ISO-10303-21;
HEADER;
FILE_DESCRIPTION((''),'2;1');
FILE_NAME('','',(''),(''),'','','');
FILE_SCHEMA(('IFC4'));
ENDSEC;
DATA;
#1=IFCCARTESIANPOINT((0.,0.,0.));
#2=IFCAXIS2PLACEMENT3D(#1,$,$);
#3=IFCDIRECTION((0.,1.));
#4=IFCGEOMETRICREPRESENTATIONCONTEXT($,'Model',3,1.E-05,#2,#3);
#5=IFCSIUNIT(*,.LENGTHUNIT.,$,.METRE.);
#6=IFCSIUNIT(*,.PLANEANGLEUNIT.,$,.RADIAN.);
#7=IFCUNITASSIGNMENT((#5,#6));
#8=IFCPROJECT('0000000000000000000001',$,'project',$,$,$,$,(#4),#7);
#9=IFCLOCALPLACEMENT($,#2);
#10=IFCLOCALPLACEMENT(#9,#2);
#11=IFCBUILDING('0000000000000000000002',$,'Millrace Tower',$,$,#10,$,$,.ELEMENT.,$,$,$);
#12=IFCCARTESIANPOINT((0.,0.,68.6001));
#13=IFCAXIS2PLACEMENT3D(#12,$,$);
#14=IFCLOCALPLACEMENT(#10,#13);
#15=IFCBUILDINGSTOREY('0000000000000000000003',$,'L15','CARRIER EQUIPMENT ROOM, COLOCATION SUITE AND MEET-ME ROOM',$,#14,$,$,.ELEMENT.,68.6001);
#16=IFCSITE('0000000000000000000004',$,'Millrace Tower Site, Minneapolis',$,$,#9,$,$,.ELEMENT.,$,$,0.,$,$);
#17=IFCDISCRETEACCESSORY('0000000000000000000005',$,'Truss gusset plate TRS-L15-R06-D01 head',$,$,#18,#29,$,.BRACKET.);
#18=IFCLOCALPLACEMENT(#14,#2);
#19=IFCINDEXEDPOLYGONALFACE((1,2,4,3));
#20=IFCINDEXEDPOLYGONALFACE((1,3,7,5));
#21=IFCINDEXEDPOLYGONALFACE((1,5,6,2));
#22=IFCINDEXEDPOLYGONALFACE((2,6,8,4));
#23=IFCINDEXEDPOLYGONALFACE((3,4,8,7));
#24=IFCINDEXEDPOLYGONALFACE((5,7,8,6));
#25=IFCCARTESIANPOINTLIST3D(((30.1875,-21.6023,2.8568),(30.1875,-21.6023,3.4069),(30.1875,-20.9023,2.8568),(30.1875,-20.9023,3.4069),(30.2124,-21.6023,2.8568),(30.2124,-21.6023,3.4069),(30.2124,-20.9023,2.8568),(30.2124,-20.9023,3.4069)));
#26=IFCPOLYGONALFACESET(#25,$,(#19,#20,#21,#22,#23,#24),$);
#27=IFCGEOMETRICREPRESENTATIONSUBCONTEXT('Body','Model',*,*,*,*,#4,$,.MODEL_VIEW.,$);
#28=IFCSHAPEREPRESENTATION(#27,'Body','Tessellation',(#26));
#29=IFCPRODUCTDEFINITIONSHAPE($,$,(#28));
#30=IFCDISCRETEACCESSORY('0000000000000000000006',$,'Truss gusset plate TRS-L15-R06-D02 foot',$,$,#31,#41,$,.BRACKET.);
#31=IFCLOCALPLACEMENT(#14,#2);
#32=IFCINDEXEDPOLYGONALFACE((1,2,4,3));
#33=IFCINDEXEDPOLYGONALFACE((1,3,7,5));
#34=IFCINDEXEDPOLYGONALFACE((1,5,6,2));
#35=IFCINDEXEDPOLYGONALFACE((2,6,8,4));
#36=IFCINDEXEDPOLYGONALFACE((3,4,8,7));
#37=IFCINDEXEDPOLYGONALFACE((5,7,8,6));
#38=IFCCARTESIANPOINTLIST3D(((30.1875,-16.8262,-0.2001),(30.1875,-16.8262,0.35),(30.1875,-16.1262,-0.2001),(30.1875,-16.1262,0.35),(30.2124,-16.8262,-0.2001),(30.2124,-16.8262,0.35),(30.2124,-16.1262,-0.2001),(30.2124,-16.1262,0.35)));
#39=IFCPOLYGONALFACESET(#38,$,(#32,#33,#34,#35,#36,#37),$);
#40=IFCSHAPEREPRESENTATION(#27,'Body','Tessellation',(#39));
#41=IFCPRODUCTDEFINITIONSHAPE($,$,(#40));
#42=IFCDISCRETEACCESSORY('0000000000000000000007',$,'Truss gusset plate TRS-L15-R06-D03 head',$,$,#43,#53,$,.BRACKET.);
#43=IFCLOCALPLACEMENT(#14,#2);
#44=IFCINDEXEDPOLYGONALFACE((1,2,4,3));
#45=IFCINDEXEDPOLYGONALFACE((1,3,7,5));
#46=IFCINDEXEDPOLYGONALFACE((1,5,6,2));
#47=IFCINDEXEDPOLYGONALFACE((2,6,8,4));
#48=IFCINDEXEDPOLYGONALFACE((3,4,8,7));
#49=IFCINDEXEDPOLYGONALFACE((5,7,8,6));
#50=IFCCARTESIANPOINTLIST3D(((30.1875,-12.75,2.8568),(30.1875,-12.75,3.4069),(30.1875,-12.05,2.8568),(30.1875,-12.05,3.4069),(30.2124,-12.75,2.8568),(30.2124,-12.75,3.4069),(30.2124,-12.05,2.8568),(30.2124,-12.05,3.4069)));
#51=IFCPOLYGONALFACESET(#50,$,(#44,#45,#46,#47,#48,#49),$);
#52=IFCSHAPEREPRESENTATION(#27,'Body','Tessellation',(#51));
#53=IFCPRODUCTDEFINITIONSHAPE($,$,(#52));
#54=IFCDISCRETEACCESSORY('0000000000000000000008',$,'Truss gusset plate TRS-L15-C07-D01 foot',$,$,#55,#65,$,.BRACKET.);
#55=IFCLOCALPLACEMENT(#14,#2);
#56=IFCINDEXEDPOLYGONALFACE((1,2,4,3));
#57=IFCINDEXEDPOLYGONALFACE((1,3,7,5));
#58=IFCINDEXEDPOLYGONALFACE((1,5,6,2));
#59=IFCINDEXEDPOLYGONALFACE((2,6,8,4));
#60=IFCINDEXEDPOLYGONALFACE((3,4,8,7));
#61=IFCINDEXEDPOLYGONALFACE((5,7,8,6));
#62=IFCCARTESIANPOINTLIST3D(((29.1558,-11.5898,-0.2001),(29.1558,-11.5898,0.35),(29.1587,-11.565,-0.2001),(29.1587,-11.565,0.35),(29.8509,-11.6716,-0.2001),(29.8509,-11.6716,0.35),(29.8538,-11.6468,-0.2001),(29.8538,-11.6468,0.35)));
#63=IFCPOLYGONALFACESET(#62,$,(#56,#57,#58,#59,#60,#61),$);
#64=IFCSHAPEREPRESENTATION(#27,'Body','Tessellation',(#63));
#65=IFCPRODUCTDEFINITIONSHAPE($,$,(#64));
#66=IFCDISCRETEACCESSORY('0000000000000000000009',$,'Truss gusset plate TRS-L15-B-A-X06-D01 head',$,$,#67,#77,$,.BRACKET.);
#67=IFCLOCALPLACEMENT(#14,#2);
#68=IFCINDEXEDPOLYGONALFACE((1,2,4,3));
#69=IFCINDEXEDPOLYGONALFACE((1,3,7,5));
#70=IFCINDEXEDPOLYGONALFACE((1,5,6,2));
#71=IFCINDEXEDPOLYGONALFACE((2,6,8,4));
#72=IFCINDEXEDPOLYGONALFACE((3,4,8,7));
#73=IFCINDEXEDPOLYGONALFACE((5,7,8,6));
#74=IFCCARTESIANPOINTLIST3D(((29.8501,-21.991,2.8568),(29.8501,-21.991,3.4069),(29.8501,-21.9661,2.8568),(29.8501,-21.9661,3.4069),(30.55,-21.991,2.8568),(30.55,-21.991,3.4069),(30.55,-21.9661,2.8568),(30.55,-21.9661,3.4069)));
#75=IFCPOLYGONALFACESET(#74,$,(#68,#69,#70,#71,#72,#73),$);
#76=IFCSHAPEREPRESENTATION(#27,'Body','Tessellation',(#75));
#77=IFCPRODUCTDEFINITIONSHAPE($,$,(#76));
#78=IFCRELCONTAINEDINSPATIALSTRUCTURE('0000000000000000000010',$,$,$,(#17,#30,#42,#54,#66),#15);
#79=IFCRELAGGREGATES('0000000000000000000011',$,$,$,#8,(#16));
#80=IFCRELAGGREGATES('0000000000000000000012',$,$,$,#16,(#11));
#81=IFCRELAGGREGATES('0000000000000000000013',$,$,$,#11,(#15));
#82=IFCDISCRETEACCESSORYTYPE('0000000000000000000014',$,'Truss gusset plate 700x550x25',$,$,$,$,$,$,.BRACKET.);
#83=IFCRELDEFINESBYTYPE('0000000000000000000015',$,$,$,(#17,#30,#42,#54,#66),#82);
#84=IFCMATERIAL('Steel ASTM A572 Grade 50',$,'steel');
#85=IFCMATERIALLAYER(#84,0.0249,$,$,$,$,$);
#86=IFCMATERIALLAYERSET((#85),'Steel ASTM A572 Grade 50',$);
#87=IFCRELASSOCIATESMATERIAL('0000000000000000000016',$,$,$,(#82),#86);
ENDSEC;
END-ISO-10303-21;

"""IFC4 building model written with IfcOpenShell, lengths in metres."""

from ifc_helpers import new_model, si_unit, direction, frame, origin, origin_2d, place, context, subcontext, project, spatial, rectangle, extrude, material, layer, layer_set, type_object, element, save


model = new_model("IFC4")

# Units and contexts
model_context = context("Model", 3, precision=1e-05, world=origin(), true_north=direction((0.0, 1.0)))
body_context = subcontext(model_context, "Body", "Model", "MODEL_VIEW")
ifc_project = project(units=[si_unit("LENGTHUNIT", "METRE"), si_unit("PLANEANGLEUNIT", "RADIAN")], contexts=[model_context])

# Site, building, storey
site_placement = place(None, origin())
site = spatial("IfcSite", under=ifc_project, at=site_placement, Name="Millrace Tower Site, Minneapolis", CompositionType="ELEMENT", RefElevation=0.0)
building_placement = place(site_placement, origin())
building = spatial("IfcBuilding", under=site, at=building_placement, Name="Millrace Tower", CompositionType="ELEMENT")
storey_placement = place(building_placement, frame((0.0, 0.0, 68.6001)))
storey = spatial("IfcBuildingStorey", under=building, at=storey_placement, Name="L15", Description="CARRIER EQUIPMENT ROOM, COLOCATION SUITE AND MEET-ME ROOM", CompositionType="ELEMENT", Elevation=68.6001)

# Discrete accessories
ifc_material_1 = material(Name="Steel ASTM A572 Grade 50", Category="steel")
ifc_layer_1 = layer(ifc_material_1, 0.0249)
ifc_layer_set_1 = layer_set([ifc_layer_1], Name="Steel ASTM A572 Grade 50")
discrete_accessory_type = type_object("IfcDiscreteAccessoryType", Name="Truss gusset plate 700x550x25", PredefinedType="BRACKET", material=ifc_layer_set_1)
for number, where, z_axis, x_axis, name in (
    (1, (30.2, -21.6023, 3.1318), (0.0, 1.0, 0.0), (-1.0, 0.0, 0.0), "Truss gusset plate TRS-L15-R06-D01 head"),
    (2, (30.2, -16.8262, 0.075), (0.0, 1.0, 0.0), (-1.0, 0.0, 0.0), "Truss gusset plate TRS-L15-R06-D02 foot"),
    (3, (30.2, -12.75, 3.1318), (0.0, 1.0, 0.0), (-1.0, 0.0, 0.0), "Truss gusset plate TRS-L15-R06-D03 head"),
    (4, (29.1572, -11.5774, 0.075), (0.993148, -0.116861, 0.0), (0.116861, 0.993148, 0.0), "Truss gusset plate TRS-L15-C07-D01 foot"),
    (5, (29.8501, -21.9785, 3.1318), (1.0, 0.0, 0.0), (0.0, 1.0, 0.0), "Truss gusset plate TRS-L15-B-A-X06-D01 head"),
):
    element("IfcDiscreteAccessory", number, at=place(storey_placement, frame(where, z_axis=z_axis, x_axis=x_axis)), inside=storey, type_object=discrete_accessory_type, Name=name, PredefinedType="BRACKET", context=body_context, shape_type="SweptSolid", body=[
        extrude(rectangle(XDim=0.0249, YDim=0.55, at=origin_2d()), origin(), (0.0, 0.0, 1.0), 0.7),
    ])

save(model, "model.ifc")
